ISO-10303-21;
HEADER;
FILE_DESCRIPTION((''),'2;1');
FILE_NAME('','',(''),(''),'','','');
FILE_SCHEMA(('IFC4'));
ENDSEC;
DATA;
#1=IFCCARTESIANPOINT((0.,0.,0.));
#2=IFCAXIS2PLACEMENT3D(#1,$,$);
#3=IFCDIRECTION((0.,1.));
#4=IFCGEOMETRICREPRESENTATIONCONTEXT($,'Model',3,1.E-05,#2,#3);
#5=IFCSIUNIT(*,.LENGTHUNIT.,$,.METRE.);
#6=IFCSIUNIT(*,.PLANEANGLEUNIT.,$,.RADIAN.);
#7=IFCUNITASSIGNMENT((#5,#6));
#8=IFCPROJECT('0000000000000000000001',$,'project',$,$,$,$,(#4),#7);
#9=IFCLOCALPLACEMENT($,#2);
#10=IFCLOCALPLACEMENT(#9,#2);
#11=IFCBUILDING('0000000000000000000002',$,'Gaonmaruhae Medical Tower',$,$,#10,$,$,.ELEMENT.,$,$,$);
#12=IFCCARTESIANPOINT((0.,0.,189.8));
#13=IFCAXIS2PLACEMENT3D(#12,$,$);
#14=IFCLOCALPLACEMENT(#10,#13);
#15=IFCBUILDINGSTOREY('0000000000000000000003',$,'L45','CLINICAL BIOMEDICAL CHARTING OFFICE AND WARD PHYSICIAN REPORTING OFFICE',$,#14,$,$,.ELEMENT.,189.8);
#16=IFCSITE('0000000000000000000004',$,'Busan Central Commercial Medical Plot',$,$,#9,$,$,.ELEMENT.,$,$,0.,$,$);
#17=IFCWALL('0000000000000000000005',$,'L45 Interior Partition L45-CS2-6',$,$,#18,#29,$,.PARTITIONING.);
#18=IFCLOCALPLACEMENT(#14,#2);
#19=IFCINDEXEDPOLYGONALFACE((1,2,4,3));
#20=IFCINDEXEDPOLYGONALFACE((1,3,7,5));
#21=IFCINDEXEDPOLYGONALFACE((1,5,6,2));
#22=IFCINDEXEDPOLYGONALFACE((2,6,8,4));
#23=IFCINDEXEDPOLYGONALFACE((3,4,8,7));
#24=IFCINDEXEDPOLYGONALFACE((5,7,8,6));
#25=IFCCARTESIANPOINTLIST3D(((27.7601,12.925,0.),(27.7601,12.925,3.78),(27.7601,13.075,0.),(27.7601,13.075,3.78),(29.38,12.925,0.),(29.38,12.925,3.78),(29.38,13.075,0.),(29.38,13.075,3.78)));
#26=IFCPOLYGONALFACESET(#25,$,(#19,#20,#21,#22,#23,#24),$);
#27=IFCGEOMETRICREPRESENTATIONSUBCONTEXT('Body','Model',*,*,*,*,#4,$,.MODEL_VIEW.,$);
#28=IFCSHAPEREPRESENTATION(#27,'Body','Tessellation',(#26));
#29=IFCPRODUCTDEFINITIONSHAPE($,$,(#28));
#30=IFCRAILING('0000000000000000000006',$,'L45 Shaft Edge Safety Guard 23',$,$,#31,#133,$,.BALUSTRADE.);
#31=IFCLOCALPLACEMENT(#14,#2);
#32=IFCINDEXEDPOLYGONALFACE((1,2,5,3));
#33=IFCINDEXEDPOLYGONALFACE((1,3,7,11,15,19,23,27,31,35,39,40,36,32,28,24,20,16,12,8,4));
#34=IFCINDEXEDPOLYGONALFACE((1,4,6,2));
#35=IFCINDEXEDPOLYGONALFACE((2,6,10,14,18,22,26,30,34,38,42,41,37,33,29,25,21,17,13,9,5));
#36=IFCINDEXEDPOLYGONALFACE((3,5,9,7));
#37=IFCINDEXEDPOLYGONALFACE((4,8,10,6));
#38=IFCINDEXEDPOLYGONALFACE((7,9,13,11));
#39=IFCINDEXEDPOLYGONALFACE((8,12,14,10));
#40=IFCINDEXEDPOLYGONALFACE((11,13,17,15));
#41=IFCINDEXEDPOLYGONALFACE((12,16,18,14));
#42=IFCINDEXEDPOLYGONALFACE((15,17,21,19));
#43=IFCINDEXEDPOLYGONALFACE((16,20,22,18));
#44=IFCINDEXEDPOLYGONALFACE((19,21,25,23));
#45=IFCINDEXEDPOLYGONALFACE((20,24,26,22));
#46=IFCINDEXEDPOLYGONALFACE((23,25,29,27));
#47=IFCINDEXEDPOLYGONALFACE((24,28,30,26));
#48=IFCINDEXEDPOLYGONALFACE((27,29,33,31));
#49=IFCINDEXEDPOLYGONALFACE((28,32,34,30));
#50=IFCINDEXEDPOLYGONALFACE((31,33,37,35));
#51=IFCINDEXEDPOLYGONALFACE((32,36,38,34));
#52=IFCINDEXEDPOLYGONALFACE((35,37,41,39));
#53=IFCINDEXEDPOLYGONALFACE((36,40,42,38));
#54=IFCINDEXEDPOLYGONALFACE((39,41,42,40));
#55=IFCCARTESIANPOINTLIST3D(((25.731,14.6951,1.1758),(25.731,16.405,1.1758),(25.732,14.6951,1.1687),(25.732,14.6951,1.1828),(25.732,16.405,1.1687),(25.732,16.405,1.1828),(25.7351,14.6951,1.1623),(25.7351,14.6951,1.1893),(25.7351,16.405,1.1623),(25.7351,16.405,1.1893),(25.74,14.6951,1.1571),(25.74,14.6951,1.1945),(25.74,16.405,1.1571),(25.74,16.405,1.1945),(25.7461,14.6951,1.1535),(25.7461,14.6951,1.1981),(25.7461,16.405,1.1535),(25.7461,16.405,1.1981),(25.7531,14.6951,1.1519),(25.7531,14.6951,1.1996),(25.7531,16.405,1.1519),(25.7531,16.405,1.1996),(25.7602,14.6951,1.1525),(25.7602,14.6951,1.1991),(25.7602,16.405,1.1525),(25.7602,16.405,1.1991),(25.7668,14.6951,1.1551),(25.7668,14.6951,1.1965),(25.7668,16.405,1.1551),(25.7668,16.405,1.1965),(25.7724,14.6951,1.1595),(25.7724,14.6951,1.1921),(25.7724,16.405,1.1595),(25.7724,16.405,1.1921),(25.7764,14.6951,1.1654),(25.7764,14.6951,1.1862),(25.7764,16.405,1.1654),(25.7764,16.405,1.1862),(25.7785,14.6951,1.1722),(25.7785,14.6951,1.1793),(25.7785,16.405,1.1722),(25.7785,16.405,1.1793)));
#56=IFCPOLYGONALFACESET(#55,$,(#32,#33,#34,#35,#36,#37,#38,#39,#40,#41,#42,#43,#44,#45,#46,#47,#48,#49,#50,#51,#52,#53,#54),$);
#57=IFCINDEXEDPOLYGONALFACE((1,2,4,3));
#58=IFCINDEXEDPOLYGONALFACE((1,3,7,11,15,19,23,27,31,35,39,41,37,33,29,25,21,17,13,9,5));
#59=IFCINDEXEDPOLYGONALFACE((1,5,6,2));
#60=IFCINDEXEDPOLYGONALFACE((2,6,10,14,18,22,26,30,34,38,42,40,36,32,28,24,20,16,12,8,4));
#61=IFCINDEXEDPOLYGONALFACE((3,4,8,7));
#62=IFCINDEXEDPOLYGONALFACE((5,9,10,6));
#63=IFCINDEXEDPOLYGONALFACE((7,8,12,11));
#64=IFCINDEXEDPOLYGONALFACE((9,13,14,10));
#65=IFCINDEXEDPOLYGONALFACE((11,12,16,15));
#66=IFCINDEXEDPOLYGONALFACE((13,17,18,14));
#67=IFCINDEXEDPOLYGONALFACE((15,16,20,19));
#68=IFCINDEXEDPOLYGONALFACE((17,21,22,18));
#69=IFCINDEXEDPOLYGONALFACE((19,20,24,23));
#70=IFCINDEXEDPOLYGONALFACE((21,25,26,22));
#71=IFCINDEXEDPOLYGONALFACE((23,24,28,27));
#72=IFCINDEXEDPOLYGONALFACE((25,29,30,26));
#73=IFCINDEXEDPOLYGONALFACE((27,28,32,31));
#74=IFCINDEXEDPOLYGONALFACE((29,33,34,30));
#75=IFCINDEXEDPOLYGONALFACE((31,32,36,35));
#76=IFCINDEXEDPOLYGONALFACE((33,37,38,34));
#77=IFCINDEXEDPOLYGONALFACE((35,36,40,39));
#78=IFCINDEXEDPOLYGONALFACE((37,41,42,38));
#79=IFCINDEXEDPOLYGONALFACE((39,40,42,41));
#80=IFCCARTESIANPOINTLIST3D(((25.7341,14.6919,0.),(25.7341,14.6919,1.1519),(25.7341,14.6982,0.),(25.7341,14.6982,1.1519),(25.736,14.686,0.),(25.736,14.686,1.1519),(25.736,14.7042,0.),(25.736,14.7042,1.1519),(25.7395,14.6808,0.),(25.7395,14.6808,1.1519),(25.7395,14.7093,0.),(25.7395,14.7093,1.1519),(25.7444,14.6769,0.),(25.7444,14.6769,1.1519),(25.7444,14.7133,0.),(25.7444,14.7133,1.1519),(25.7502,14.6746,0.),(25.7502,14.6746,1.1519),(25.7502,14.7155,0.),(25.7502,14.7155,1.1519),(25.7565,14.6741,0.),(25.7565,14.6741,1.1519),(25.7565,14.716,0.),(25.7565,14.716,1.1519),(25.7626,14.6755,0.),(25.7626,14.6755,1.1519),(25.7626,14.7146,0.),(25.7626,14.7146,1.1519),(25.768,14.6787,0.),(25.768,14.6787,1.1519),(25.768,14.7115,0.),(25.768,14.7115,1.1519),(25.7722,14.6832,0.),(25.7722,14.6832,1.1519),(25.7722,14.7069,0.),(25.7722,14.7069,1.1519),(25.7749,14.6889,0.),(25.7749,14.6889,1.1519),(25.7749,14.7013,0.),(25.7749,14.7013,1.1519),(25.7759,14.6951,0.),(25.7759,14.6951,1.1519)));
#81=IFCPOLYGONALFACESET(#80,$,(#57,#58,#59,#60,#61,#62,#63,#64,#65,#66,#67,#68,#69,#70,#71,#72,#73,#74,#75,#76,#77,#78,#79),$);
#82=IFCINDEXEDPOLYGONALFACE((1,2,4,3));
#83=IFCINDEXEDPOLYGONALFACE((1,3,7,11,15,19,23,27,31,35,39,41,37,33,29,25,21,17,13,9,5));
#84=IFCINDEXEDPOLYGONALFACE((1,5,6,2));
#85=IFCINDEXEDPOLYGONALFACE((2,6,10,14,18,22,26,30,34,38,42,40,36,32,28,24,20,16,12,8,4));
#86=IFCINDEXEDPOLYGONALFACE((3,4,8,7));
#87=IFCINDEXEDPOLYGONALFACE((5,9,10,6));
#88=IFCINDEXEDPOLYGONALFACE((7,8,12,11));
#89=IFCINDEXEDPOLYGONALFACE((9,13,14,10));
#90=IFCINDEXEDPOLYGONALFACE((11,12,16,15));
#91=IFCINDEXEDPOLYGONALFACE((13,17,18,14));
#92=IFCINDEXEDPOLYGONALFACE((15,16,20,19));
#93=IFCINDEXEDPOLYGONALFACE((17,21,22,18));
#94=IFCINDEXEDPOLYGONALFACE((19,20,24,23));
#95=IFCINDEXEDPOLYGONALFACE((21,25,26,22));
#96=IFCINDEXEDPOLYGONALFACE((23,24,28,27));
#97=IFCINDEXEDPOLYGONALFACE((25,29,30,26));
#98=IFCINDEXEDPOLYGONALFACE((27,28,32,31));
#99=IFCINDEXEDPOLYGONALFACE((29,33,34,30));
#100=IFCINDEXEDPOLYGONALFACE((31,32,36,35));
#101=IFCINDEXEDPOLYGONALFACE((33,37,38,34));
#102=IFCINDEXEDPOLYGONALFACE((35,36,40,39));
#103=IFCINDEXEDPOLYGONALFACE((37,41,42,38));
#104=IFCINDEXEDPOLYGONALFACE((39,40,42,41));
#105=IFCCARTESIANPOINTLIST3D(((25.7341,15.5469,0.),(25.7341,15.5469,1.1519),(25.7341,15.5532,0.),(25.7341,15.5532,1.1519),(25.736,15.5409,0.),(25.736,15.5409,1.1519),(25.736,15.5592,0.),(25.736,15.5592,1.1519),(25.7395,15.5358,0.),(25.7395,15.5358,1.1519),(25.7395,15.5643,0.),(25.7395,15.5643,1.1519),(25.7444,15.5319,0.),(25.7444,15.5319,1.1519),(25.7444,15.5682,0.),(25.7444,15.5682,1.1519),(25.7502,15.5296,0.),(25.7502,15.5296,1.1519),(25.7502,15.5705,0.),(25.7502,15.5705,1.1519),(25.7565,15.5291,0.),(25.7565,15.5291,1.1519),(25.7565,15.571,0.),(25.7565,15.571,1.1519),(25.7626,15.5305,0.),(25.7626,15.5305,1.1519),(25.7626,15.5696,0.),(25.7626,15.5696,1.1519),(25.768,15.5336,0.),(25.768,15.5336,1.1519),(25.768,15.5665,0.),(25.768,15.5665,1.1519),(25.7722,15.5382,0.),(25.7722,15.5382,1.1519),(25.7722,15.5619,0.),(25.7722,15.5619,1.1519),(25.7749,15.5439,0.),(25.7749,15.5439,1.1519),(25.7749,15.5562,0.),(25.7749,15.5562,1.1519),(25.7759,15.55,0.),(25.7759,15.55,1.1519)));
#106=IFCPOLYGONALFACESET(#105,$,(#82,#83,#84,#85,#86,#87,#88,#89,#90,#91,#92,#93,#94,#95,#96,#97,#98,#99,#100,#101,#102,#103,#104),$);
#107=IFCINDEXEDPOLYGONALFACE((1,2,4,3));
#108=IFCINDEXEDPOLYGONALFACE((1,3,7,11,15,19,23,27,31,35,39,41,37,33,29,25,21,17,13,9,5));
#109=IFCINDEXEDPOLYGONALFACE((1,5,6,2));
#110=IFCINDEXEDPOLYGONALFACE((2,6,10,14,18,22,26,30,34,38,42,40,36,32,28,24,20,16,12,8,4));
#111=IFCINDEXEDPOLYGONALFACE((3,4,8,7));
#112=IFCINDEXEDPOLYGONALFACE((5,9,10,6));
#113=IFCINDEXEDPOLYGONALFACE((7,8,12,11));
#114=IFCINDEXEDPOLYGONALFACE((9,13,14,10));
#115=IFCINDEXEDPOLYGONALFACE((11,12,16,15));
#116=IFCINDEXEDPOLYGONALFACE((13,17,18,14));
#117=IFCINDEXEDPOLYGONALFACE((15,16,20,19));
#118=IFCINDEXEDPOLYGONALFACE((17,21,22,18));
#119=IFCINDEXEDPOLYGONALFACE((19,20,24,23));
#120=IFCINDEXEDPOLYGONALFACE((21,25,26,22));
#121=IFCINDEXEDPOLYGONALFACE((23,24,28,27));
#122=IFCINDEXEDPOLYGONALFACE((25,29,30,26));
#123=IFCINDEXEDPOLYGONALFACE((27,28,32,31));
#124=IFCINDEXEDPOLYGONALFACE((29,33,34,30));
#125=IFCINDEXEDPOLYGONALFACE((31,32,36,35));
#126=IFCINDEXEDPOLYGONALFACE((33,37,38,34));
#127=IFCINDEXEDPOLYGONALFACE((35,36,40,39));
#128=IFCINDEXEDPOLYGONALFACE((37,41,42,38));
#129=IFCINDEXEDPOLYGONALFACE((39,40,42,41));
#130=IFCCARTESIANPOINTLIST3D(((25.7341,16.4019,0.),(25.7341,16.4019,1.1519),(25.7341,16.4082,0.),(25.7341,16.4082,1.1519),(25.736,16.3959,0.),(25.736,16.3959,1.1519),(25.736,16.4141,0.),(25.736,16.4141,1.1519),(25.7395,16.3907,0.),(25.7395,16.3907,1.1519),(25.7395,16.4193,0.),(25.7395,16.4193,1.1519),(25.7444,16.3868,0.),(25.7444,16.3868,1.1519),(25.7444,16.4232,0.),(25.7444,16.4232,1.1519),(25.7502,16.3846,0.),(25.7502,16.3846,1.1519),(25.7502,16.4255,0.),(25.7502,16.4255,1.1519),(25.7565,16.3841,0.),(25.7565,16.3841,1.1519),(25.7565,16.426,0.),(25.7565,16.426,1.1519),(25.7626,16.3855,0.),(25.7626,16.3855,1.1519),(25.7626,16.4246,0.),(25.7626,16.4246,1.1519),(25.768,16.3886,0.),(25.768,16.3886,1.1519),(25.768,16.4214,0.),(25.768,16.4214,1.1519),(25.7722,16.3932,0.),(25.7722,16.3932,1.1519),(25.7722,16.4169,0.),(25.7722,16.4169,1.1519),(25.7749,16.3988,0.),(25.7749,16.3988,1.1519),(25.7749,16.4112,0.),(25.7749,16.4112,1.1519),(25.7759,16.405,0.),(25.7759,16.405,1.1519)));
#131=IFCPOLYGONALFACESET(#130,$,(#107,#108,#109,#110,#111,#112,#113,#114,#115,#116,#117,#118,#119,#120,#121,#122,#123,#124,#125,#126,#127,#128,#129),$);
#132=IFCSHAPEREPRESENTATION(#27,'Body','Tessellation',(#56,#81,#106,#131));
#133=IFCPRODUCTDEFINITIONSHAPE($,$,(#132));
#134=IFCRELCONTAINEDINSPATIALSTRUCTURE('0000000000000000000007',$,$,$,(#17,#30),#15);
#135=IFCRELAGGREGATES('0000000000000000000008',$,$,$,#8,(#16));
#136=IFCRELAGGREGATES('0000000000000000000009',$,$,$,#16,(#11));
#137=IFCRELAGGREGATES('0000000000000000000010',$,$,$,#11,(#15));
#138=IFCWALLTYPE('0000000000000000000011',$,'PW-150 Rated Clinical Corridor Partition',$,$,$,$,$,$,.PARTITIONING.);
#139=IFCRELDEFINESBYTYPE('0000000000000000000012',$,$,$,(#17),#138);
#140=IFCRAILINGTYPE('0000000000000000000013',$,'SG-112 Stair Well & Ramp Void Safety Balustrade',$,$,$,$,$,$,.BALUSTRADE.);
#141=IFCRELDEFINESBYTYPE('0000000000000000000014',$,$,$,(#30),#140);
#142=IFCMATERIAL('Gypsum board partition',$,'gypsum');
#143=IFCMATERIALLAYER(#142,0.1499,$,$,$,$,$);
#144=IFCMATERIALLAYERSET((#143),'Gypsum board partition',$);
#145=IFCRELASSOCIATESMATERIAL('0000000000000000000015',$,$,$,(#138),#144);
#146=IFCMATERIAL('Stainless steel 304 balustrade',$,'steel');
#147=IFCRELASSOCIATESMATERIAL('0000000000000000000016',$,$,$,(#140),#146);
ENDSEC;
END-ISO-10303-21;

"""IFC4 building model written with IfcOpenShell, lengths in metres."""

from ifc_helpers import new_model, si_unit, direction, frame, frame_2d, origin, origin_2d, place, context, subcontext, project, spatial, rectangle, circle, extrude, material, layer, layer_set, type_object, element, save


model = new_model("IFC4")

# Units and contexts
model_context = context("Model", 3, precision=1e-05, world=origin(), true_north=direction((0.0, 1.0)))
body_context = subcontext(model_context, "Body", "Model", "MODEL_VIEW")
ifc_project = project(units=[si_unit("LENGTHUNIT", "METRE"), si_unit("PLANEANGLEUNIT", "RADIAN")], contexts=[model_context])

# Site, building, storey
site_placement = place(None, origin())
site = spatial("IfcSite", under=ifc_project, at=site_placement, Name="Busan Central Commercial Medical Plot", CompositionType="ELEMENT", RefElevation=0.0)
building_placement = place(site_placement, origin())
building = spatial("IfcBuilding", under=site, at=building_placement, Name="Gaonmaruhae Medical Tower", CompositionType="ELEMENT")
storey_placement = place(building_placement, frame((0.0, 0.0, 189.8)))
storey = spatial("IfcBuildingStorey", under=building, at=storey_placement, Name="L45", Description="CLINICAL BIOMEDICAL CHARTING OFFICE AND WARD PHYSICIAN REPORTING OFFICE", CompositionType="ELEMENT", Elevation=189.8)

# Shared definitions
ifc_material_1 = material(Name="Gypsum board partition", Category="gypsum")
ifc_layer_1 = layer(ifc_material_1, 0.1499)
ifc_layer_set_1 = layer_set([ifc_layer_1], Name="Gypsum board partition")
wall_type_1 = type_object("IfcWallType", Name="PW-150 Rated Clinical Corridor Partition", PredefinedType="PARTITIONING", material=ifc_layer_set_1)

# Wall
wall_1_placement = place(storey_placement, frame((27.76, 13.0, 0.0), z_axis=(0.0, 0.0, 1.0), x_axis=(1.0, 0.0, 0.0)))
element("IfcWall", 1, at=wall_1_placement, inside=storey, type_object=wall_type_1, Name="L45 Interior Partition L45-CS2-6", PredefinedType="PARTITIONING", context=body_context, shape_type="SweptSolid", body=[
    extrude(rectangle(XDim=1.6199, YDim=0.1499, at=frame_2d((0.8101, 0.0))), origin(), (0.0, 0.0, 1.0), 3.78),
])

# Railing
ifc_material_2 = material(Name="Stainless steel 304 balustrade", Category="steel")
railing_type = type_object("IfcRailingType", Name="SG-112 Stair Well & Ramp Void Safety Balustrade", PredefinedType="BALUSTRADE", material=ifc_material_2)
railing_1_placement = place(storey_placement, frame((25.7549, 14.6951, 0.0)))
element("IfcRailing", 2, at=railing_1_placement, inside=storey, type_object=railing_type, Name="L45 Shaft Edge Safety Guard 23", PredefinedType="BALUSTRADE", context=body_context, shape_type="SweptSolid", body=[
    extrude(circle(Radius=0.0239, at=origin_2d()), frame((0.0, 0.0, 1.1758), z_axis=(0.0, 1.0, 0.0), x_axis=(-1.0, 0.0, 0.0)), (0.0, 0.0, 1.0), 1.71),
    extrude(circle(Radius=0.021, at=origin_2d()), origin(), (0.0, 0.0, 1.0), 1.1519),
    extrude(circle(Radius=0.021, at=origin_2d()), frame((0.0, 0.855, 0.0)), (0.0, 0.0, 1.0), 1.1519),
    extrude(circle(Radius=0.021, at=origin_2d()), frame((0.0, 1.71, 0.0)), (0.0, 0.0, 1.0), 1.1519),
])

save(model, "model.ifc")
